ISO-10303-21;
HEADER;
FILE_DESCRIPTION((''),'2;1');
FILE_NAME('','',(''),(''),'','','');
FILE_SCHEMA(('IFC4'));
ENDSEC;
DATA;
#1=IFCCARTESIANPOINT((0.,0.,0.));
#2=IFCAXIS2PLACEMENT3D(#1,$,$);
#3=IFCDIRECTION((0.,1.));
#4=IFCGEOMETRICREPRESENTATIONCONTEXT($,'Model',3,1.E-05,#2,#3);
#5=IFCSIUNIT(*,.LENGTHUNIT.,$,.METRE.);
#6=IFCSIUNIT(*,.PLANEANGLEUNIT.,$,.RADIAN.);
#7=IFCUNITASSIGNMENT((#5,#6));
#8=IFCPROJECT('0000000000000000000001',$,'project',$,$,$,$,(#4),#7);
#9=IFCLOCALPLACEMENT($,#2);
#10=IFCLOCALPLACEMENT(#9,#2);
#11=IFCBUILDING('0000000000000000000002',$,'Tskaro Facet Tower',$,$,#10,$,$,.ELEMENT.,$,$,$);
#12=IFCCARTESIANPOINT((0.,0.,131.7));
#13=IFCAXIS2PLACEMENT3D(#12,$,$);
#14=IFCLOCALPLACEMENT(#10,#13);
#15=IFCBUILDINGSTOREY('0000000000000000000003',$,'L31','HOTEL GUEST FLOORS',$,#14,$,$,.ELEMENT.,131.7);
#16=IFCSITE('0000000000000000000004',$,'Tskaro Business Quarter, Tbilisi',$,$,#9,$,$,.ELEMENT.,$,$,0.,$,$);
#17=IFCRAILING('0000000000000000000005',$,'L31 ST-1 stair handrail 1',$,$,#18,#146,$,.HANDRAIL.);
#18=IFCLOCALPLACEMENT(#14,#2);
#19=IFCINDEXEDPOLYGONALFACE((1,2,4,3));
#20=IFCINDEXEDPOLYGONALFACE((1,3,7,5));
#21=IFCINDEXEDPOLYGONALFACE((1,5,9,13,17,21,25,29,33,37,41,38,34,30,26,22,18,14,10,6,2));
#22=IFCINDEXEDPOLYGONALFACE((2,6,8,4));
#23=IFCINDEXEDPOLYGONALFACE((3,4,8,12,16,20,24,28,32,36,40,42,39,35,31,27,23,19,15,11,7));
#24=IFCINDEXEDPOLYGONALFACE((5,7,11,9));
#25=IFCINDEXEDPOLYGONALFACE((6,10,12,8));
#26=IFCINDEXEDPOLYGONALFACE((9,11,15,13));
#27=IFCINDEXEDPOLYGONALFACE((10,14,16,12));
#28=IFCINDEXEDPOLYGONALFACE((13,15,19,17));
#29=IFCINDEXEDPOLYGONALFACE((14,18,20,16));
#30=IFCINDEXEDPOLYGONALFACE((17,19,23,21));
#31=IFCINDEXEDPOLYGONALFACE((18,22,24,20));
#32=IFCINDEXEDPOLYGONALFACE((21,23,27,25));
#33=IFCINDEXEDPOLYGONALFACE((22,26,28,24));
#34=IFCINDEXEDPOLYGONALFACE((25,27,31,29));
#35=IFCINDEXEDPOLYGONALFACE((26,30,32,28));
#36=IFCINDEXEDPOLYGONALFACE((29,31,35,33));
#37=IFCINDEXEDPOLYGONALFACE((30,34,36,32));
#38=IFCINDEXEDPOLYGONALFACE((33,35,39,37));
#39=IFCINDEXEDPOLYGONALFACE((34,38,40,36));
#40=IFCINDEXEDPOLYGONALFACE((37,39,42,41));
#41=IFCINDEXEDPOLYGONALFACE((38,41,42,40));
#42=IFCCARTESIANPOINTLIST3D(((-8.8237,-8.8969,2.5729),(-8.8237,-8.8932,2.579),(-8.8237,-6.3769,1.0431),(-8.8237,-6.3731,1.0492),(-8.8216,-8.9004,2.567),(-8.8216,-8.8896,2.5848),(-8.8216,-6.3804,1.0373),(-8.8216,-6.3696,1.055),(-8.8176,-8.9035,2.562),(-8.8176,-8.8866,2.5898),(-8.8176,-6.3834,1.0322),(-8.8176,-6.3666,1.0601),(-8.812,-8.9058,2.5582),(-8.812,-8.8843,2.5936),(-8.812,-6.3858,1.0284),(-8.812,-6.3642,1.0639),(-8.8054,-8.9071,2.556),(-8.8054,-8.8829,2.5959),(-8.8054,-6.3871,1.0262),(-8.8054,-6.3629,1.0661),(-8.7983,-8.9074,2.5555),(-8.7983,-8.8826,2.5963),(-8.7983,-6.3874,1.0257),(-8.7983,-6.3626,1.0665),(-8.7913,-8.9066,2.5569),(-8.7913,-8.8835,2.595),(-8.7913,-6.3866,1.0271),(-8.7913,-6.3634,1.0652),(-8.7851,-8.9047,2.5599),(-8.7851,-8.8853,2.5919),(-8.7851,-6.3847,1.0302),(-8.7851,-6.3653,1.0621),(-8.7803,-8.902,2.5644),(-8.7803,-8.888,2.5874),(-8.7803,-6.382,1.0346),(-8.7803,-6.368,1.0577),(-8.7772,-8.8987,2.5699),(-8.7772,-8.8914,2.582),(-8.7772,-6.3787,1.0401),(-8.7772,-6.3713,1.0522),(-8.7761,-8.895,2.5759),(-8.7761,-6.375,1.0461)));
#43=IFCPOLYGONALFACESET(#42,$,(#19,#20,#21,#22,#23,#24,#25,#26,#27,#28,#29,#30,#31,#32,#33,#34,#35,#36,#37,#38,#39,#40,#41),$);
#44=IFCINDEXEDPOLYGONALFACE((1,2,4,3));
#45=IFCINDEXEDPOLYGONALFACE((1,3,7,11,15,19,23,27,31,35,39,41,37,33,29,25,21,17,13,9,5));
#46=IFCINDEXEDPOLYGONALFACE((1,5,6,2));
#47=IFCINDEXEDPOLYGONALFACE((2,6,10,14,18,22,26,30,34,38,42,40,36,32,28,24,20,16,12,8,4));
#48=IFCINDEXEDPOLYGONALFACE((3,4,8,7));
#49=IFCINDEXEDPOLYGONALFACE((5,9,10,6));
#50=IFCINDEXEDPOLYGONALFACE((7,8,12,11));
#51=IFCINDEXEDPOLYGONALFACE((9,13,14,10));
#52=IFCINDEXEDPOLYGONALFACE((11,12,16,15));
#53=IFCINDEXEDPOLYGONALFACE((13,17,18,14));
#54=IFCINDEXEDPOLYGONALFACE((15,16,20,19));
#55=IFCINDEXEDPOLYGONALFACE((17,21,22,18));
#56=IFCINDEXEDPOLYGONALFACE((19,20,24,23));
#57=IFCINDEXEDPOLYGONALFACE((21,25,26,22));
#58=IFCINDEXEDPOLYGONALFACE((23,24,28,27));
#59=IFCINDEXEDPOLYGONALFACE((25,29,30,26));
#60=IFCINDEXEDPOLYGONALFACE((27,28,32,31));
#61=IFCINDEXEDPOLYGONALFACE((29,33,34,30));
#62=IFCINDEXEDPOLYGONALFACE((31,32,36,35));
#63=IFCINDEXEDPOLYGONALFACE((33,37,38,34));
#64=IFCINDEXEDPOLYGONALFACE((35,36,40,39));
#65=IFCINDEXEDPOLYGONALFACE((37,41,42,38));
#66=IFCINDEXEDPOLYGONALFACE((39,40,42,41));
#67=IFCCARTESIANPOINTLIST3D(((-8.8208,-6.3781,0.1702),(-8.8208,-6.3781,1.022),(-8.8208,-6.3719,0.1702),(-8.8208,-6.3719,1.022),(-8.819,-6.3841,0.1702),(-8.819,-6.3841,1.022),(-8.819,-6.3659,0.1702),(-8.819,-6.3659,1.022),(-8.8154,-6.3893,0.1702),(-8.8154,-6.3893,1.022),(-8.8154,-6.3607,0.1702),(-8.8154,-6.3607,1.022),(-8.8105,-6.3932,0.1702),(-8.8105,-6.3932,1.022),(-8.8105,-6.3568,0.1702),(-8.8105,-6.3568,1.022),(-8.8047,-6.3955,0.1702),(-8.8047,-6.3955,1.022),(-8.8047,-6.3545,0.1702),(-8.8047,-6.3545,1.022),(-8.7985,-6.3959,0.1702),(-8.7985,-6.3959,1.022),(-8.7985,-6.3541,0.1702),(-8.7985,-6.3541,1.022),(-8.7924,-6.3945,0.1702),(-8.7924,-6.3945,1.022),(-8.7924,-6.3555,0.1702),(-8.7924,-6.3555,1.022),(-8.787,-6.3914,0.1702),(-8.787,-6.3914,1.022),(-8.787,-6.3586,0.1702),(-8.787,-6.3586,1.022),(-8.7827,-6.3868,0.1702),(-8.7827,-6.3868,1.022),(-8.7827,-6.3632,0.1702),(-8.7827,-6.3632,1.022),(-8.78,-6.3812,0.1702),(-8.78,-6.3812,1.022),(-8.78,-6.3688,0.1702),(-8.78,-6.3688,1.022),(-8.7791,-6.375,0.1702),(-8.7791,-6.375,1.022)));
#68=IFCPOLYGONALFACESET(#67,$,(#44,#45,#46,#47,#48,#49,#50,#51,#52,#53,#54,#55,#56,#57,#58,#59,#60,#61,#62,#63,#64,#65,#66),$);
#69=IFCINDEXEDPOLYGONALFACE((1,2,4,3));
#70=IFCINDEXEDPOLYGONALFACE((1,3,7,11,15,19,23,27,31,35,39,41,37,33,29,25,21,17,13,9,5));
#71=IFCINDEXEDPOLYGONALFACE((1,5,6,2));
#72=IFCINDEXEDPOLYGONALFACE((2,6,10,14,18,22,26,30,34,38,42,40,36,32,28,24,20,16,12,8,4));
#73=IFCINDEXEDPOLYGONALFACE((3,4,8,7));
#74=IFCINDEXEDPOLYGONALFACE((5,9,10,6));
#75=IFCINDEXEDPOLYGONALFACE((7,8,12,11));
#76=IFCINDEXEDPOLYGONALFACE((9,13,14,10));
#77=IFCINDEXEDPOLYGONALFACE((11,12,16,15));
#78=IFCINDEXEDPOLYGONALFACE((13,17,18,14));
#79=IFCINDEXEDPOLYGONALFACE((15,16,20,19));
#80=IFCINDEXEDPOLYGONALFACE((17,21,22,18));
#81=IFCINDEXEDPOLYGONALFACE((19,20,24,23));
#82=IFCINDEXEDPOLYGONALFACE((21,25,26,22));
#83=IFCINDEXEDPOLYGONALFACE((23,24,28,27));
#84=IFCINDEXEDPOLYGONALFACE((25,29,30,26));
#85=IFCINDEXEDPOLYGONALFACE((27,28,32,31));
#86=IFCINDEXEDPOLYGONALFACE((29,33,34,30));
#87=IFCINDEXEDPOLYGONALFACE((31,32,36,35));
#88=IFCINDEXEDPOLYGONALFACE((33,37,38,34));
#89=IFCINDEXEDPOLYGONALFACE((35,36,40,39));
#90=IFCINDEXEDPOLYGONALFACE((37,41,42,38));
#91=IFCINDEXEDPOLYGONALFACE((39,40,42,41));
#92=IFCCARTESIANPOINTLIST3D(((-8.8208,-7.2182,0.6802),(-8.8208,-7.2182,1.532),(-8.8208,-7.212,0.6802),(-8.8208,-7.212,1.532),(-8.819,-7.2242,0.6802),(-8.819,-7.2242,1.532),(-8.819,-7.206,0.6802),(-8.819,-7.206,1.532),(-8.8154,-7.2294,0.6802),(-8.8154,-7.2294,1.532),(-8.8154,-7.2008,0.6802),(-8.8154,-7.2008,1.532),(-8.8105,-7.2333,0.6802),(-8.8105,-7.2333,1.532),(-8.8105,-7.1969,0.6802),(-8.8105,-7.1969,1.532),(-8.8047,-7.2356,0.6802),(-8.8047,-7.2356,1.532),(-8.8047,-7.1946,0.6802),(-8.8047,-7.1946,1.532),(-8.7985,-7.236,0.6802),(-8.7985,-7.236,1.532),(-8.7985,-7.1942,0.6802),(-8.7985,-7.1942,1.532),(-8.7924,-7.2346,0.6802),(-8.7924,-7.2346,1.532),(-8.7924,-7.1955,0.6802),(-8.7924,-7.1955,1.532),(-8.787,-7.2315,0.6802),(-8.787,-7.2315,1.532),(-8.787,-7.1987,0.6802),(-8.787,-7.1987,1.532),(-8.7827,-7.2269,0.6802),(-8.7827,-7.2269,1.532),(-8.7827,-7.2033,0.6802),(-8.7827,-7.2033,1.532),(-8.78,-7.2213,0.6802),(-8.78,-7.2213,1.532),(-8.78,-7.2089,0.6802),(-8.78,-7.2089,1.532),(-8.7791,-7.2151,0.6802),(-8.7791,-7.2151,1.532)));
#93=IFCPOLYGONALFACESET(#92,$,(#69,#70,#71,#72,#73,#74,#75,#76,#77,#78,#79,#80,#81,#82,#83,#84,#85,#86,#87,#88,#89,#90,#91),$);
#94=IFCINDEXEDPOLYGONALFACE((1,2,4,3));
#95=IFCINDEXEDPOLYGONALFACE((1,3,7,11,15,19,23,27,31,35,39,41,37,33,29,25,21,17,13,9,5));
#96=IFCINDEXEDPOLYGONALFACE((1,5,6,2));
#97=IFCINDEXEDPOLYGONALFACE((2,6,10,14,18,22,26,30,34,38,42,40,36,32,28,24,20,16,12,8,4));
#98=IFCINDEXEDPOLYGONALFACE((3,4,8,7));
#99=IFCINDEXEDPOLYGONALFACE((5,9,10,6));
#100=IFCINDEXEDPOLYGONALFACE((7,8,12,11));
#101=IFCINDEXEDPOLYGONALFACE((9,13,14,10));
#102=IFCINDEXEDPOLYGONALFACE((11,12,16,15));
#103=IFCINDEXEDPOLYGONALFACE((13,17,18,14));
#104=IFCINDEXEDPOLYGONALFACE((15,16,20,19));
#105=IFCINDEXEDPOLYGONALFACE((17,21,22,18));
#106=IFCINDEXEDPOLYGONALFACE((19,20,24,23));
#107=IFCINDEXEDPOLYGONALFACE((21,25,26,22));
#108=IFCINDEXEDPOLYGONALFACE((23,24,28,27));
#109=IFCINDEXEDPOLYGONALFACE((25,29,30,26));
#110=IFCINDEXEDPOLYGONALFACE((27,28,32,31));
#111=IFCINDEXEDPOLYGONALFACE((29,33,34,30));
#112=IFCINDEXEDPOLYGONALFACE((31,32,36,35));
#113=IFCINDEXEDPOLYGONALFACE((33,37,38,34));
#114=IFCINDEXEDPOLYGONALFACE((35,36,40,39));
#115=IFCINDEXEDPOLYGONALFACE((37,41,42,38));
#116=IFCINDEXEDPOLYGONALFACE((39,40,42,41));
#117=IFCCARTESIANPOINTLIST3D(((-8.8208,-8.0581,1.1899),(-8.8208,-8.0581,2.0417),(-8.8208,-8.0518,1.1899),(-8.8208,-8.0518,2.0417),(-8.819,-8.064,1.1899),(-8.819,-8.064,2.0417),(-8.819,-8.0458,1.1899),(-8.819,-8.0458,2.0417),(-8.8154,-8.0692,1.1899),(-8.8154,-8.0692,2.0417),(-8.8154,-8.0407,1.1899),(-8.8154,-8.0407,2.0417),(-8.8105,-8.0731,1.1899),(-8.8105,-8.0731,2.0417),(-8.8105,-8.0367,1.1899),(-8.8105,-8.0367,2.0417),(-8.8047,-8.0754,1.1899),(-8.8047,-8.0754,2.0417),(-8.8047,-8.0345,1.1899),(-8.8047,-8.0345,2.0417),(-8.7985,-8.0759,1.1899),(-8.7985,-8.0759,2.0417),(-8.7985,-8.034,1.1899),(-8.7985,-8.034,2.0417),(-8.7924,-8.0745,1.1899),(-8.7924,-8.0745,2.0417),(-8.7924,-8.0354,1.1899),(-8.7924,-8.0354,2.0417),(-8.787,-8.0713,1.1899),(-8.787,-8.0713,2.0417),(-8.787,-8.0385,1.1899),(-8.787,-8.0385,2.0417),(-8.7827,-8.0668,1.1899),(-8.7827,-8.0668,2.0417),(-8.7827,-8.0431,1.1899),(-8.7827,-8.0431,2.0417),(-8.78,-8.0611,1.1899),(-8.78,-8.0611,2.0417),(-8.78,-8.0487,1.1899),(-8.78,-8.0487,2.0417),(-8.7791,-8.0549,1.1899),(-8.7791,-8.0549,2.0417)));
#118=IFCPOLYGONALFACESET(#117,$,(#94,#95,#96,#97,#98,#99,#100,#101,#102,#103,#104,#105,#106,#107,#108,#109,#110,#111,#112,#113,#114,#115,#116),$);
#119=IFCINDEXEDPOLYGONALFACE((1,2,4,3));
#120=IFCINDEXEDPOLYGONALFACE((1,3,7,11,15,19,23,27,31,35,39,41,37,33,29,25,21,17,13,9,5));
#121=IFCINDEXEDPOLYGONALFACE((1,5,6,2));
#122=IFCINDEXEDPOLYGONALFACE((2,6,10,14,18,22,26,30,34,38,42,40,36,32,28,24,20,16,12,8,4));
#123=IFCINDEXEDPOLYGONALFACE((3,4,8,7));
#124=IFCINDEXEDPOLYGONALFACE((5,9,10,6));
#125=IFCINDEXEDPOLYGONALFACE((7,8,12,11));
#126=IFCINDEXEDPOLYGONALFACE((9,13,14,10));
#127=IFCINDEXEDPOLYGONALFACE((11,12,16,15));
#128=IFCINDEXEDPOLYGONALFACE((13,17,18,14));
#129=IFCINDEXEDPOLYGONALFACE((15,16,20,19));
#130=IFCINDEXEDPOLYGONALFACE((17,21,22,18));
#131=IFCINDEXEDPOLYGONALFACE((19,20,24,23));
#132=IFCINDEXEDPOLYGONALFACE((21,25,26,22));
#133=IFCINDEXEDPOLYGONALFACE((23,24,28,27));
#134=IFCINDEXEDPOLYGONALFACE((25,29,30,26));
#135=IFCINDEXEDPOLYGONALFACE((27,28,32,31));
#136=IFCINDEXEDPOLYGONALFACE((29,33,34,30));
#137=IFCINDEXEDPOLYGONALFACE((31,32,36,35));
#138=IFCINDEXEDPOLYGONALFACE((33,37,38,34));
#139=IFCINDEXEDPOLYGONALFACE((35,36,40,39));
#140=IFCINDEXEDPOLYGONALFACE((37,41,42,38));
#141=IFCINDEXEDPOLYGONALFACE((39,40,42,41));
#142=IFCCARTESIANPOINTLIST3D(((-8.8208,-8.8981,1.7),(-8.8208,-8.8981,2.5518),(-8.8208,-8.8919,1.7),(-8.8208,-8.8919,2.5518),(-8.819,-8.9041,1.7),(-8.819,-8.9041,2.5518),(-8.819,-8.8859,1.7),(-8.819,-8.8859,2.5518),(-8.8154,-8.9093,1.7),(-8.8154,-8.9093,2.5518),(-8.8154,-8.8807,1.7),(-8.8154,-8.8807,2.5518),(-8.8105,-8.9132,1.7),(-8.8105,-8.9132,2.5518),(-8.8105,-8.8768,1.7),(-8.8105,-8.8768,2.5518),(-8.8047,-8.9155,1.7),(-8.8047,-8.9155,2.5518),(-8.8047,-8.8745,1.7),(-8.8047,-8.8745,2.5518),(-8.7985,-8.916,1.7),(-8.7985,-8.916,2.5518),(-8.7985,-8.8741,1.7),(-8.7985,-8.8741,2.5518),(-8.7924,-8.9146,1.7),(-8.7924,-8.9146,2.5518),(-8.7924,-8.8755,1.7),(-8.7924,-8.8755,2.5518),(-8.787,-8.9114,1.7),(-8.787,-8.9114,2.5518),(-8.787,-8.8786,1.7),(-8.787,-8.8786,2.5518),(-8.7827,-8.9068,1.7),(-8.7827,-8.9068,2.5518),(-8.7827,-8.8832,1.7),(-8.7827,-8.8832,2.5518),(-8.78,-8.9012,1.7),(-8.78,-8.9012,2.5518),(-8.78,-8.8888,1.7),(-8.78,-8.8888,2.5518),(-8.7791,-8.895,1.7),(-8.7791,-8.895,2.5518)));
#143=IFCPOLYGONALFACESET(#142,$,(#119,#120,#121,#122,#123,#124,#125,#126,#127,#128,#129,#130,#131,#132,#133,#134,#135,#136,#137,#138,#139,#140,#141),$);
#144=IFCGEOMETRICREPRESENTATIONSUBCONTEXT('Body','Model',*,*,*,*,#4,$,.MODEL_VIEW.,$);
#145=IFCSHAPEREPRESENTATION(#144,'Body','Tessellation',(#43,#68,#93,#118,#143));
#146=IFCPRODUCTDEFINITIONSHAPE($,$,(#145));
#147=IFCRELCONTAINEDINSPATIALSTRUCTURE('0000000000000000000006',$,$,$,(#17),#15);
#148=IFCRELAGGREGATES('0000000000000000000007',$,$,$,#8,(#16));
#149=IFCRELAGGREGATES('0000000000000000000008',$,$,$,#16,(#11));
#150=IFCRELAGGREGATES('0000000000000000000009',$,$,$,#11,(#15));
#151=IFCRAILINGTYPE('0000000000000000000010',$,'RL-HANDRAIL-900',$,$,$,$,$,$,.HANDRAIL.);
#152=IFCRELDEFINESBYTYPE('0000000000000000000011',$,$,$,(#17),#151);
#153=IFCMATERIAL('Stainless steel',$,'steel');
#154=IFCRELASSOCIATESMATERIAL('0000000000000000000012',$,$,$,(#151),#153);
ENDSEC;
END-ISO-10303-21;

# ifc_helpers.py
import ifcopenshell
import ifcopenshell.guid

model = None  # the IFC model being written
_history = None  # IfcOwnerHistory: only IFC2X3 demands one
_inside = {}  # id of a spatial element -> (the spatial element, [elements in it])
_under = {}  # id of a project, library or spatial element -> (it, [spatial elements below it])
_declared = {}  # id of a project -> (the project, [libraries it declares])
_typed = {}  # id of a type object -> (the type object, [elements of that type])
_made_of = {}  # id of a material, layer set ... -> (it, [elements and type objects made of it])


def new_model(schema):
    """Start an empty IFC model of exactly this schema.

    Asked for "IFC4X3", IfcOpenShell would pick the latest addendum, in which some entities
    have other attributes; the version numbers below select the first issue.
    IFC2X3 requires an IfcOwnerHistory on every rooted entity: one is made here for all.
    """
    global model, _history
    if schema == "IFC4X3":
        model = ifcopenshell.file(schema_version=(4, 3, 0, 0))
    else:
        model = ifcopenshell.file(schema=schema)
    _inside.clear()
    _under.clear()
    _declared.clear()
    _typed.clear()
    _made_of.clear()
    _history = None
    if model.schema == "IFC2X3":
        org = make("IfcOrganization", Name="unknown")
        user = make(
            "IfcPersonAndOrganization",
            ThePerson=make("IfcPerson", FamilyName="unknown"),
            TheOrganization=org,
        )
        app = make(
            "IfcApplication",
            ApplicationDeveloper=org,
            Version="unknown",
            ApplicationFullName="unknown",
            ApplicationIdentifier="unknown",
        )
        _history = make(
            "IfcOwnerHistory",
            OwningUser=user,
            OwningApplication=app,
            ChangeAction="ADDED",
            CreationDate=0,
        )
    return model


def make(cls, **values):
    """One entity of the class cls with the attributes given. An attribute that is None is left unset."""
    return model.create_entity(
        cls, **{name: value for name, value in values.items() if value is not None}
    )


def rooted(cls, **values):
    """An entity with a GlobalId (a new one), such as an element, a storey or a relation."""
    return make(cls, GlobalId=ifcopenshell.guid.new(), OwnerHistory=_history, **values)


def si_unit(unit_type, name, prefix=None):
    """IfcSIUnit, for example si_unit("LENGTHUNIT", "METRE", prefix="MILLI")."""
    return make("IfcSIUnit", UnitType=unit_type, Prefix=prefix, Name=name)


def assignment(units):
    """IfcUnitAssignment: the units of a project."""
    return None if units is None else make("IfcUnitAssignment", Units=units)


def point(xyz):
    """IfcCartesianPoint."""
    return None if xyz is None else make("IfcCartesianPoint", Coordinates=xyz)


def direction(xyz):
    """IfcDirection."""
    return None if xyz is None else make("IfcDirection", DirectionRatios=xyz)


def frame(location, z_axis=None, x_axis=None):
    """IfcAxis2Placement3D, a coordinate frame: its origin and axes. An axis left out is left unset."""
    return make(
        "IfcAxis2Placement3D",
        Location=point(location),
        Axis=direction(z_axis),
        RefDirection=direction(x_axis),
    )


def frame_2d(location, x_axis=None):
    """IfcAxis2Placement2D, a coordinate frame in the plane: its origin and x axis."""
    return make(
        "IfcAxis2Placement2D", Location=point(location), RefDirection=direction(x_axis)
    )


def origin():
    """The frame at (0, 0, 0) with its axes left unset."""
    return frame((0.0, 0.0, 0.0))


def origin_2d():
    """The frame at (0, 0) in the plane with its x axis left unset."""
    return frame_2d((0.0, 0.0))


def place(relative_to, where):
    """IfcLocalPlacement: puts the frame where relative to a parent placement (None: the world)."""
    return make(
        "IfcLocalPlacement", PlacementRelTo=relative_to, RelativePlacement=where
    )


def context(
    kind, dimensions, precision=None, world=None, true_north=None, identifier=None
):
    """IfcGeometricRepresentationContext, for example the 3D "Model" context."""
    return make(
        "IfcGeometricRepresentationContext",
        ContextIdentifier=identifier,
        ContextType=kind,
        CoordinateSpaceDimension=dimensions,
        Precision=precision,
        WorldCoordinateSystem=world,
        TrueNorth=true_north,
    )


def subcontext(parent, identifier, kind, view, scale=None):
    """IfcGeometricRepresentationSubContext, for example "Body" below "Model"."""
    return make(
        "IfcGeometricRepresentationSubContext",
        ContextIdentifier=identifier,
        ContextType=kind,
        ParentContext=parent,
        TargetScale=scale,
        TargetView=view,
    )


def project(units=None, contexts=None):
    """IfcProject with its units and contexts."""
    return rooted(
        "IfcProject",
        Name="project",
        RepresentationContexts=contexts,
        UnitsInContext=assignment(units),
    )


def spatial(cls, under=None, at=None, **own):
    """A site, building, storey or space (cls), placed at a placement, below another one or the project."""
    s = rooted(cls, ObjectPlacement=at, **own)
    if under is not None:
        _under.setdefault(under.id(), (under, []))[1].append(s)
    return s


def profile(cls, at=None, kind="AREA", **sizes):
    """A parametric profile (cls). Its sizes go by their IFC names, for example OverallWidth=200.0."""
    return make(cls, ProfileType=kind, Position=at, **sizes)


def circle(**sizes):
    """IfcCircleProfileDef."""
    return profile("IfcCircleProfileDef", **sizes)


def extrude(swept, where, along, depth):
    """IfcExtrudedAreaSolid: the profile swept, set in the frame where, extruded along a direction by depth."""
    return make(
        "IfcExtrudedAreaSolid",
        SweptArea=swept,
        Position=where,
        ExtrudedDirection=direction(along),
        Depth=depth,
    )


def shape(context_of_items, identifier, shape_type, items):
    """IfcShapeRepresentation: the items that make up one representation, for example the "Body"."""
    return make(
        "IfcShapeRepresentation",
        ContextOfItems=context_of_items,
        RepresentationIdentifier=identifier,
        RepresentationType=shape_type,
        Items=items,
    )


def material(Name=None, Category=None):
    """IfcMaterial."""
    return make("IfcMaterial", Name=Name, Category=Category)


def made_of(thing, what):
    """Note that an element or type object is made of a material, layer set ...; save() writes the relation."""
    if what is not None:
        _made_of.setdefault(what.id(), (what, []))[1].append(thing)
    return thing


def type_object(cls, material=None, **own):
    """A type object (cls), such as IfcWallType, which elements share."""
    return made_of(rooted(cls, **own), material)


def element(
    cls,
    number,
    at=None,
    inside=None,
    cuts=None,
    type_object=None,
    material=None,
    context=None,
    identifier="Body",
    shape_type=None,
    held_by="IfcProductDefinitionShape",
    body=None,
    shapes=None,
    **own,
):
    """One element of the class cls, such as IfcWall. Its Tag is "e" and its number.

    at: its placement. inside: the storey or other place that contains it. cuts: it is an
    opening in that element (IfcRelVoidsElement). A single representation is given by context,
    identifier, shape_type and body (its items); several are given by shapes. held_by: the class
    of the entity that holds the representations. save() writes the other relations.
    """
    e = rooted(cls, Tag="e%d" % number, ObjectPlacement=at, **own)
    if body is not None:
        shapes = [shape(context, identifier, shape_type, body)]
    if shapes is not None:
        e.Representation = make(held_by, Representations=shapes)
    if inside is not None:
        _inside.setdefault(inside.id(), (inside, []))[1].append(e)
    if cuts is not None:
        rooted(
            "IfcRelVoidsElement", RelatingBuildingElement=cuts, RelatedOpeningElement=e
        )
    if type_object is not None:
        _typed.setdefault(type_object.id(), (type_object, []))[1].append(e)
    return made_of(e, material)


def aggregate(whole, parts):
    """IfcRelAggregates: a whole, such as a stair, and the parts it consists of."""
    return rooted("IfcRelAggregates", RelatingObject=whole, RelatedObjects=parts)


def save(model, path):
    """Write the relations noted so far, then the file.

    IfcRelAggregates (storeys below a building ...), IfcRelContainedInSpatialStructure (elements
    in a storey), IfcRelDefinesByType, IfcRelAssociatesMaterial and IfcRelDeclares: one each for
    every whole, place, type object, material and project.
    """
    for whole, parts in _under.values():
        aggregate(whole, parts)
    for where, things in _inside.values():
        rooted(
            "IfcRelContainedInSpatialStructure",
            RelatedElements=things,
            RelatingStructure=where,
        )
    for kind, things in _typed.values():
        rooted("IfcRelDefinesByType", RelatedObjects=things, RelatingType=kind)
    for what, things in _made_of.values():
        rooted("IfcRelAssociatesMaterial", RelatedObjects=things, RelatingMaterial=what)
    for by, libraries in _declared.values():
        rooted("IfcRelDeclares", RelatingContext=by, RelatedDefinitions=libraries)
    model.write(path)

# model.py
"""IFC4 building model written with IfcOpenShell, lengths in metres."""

from ifc_helpers import new_model, si_unit, direction, frame, origin, origin_2d, place, context, subcontext, project, spatial, circle, extrude, material, type_object, element, save


model = new_model("IFC4")

# Units and contexts
model_context = context("Model", 3, precision=1e-05, world=origin(), true_north=direction((0.0, 1.0)))
body_context = subcontext(model_context, "Body", "Model", "MODEL_VIEW")
ifc_project = project(units=[si_unit("LENGTHUNIT", "METRE"), si_unit("PLANEANGLEUNIT", "RADIAN")], contexts=[model_context])

# Site, building, storey
site_placement = place(None, origin())
site = spatial("IfcSite", under=ifc_project, at=site_placement, Name="Tskaro Business Quarter, Tbilisi", CompositionType="ELEMENT", RefElevation=0.0)
building_placement = place(site_placement, origin())
building = spatial("IfcBuilding", under=site, at=building_placement, Name="Tskaro Facet Tower", CompositionType="ELEMENT")
storey_placement = place(building_placement, frame((0.0, 0.0, 131.7)))
storey = spatial("IfcBuildingStorey", under=building, at=storey_placement, Name="L31", Description="HOTEL GUEST FLOORS", CompositionType="ELEMENT", Elevation=131.7)

# Shared definitions
ifc_material_1 = material(Name="Stainless steel", Category="steel")

# Railing
railing_type_1 = type_object("IfcRailingType", Name="RL-HANDRAIL-900", PredefinedType="HANDRAIL", material=ifc_material_1)
railing_1_placement = place(storey_placement, frame((-8.8, -6.375, 0.1702)))
element("IfcRailing", 1, at=railing_1_placement, inside=storey, type_object=railing_type_1, Name="L31 ST-1 stair handrail 1", PredefinedType="HANDRAIL", context=body_context, shape_type="SweptSolid", body=[
    extrude(circle(Radius=0.0239, at=origin_2d()), frame((0.0, 0.0, 0.876), z_axis=(0.0, -0.854822, 0.518922), x_axis=(1.0, 0.0, 0.0)), (0.0, 0.0, 1.0), 2.948),
    extrude(circle(Radius=0.021, at=origin_2d()), origin(), (0.0, 0.0, 1.0), 0.8518),
    extrude(circle(Radius=0.021, at=origin_2d()), frame((0.0, -0.8401, 0.51)), (0.0, 0.0, 1.0), 0.8518),
    extrude(circle(Radius=0.021, at=origin_2d()), frame((0.0, -1.6799, 1.0198)), (0.0, 0.0, 1.0), 0.8518),
    extrude(circle(Radius=0.021, at=origin_2d()), frame((0.0, -2.52, 1.5298)), (0.0, 0.0, 1.0), 0.8518),
])

save(model, "model.ifc")
